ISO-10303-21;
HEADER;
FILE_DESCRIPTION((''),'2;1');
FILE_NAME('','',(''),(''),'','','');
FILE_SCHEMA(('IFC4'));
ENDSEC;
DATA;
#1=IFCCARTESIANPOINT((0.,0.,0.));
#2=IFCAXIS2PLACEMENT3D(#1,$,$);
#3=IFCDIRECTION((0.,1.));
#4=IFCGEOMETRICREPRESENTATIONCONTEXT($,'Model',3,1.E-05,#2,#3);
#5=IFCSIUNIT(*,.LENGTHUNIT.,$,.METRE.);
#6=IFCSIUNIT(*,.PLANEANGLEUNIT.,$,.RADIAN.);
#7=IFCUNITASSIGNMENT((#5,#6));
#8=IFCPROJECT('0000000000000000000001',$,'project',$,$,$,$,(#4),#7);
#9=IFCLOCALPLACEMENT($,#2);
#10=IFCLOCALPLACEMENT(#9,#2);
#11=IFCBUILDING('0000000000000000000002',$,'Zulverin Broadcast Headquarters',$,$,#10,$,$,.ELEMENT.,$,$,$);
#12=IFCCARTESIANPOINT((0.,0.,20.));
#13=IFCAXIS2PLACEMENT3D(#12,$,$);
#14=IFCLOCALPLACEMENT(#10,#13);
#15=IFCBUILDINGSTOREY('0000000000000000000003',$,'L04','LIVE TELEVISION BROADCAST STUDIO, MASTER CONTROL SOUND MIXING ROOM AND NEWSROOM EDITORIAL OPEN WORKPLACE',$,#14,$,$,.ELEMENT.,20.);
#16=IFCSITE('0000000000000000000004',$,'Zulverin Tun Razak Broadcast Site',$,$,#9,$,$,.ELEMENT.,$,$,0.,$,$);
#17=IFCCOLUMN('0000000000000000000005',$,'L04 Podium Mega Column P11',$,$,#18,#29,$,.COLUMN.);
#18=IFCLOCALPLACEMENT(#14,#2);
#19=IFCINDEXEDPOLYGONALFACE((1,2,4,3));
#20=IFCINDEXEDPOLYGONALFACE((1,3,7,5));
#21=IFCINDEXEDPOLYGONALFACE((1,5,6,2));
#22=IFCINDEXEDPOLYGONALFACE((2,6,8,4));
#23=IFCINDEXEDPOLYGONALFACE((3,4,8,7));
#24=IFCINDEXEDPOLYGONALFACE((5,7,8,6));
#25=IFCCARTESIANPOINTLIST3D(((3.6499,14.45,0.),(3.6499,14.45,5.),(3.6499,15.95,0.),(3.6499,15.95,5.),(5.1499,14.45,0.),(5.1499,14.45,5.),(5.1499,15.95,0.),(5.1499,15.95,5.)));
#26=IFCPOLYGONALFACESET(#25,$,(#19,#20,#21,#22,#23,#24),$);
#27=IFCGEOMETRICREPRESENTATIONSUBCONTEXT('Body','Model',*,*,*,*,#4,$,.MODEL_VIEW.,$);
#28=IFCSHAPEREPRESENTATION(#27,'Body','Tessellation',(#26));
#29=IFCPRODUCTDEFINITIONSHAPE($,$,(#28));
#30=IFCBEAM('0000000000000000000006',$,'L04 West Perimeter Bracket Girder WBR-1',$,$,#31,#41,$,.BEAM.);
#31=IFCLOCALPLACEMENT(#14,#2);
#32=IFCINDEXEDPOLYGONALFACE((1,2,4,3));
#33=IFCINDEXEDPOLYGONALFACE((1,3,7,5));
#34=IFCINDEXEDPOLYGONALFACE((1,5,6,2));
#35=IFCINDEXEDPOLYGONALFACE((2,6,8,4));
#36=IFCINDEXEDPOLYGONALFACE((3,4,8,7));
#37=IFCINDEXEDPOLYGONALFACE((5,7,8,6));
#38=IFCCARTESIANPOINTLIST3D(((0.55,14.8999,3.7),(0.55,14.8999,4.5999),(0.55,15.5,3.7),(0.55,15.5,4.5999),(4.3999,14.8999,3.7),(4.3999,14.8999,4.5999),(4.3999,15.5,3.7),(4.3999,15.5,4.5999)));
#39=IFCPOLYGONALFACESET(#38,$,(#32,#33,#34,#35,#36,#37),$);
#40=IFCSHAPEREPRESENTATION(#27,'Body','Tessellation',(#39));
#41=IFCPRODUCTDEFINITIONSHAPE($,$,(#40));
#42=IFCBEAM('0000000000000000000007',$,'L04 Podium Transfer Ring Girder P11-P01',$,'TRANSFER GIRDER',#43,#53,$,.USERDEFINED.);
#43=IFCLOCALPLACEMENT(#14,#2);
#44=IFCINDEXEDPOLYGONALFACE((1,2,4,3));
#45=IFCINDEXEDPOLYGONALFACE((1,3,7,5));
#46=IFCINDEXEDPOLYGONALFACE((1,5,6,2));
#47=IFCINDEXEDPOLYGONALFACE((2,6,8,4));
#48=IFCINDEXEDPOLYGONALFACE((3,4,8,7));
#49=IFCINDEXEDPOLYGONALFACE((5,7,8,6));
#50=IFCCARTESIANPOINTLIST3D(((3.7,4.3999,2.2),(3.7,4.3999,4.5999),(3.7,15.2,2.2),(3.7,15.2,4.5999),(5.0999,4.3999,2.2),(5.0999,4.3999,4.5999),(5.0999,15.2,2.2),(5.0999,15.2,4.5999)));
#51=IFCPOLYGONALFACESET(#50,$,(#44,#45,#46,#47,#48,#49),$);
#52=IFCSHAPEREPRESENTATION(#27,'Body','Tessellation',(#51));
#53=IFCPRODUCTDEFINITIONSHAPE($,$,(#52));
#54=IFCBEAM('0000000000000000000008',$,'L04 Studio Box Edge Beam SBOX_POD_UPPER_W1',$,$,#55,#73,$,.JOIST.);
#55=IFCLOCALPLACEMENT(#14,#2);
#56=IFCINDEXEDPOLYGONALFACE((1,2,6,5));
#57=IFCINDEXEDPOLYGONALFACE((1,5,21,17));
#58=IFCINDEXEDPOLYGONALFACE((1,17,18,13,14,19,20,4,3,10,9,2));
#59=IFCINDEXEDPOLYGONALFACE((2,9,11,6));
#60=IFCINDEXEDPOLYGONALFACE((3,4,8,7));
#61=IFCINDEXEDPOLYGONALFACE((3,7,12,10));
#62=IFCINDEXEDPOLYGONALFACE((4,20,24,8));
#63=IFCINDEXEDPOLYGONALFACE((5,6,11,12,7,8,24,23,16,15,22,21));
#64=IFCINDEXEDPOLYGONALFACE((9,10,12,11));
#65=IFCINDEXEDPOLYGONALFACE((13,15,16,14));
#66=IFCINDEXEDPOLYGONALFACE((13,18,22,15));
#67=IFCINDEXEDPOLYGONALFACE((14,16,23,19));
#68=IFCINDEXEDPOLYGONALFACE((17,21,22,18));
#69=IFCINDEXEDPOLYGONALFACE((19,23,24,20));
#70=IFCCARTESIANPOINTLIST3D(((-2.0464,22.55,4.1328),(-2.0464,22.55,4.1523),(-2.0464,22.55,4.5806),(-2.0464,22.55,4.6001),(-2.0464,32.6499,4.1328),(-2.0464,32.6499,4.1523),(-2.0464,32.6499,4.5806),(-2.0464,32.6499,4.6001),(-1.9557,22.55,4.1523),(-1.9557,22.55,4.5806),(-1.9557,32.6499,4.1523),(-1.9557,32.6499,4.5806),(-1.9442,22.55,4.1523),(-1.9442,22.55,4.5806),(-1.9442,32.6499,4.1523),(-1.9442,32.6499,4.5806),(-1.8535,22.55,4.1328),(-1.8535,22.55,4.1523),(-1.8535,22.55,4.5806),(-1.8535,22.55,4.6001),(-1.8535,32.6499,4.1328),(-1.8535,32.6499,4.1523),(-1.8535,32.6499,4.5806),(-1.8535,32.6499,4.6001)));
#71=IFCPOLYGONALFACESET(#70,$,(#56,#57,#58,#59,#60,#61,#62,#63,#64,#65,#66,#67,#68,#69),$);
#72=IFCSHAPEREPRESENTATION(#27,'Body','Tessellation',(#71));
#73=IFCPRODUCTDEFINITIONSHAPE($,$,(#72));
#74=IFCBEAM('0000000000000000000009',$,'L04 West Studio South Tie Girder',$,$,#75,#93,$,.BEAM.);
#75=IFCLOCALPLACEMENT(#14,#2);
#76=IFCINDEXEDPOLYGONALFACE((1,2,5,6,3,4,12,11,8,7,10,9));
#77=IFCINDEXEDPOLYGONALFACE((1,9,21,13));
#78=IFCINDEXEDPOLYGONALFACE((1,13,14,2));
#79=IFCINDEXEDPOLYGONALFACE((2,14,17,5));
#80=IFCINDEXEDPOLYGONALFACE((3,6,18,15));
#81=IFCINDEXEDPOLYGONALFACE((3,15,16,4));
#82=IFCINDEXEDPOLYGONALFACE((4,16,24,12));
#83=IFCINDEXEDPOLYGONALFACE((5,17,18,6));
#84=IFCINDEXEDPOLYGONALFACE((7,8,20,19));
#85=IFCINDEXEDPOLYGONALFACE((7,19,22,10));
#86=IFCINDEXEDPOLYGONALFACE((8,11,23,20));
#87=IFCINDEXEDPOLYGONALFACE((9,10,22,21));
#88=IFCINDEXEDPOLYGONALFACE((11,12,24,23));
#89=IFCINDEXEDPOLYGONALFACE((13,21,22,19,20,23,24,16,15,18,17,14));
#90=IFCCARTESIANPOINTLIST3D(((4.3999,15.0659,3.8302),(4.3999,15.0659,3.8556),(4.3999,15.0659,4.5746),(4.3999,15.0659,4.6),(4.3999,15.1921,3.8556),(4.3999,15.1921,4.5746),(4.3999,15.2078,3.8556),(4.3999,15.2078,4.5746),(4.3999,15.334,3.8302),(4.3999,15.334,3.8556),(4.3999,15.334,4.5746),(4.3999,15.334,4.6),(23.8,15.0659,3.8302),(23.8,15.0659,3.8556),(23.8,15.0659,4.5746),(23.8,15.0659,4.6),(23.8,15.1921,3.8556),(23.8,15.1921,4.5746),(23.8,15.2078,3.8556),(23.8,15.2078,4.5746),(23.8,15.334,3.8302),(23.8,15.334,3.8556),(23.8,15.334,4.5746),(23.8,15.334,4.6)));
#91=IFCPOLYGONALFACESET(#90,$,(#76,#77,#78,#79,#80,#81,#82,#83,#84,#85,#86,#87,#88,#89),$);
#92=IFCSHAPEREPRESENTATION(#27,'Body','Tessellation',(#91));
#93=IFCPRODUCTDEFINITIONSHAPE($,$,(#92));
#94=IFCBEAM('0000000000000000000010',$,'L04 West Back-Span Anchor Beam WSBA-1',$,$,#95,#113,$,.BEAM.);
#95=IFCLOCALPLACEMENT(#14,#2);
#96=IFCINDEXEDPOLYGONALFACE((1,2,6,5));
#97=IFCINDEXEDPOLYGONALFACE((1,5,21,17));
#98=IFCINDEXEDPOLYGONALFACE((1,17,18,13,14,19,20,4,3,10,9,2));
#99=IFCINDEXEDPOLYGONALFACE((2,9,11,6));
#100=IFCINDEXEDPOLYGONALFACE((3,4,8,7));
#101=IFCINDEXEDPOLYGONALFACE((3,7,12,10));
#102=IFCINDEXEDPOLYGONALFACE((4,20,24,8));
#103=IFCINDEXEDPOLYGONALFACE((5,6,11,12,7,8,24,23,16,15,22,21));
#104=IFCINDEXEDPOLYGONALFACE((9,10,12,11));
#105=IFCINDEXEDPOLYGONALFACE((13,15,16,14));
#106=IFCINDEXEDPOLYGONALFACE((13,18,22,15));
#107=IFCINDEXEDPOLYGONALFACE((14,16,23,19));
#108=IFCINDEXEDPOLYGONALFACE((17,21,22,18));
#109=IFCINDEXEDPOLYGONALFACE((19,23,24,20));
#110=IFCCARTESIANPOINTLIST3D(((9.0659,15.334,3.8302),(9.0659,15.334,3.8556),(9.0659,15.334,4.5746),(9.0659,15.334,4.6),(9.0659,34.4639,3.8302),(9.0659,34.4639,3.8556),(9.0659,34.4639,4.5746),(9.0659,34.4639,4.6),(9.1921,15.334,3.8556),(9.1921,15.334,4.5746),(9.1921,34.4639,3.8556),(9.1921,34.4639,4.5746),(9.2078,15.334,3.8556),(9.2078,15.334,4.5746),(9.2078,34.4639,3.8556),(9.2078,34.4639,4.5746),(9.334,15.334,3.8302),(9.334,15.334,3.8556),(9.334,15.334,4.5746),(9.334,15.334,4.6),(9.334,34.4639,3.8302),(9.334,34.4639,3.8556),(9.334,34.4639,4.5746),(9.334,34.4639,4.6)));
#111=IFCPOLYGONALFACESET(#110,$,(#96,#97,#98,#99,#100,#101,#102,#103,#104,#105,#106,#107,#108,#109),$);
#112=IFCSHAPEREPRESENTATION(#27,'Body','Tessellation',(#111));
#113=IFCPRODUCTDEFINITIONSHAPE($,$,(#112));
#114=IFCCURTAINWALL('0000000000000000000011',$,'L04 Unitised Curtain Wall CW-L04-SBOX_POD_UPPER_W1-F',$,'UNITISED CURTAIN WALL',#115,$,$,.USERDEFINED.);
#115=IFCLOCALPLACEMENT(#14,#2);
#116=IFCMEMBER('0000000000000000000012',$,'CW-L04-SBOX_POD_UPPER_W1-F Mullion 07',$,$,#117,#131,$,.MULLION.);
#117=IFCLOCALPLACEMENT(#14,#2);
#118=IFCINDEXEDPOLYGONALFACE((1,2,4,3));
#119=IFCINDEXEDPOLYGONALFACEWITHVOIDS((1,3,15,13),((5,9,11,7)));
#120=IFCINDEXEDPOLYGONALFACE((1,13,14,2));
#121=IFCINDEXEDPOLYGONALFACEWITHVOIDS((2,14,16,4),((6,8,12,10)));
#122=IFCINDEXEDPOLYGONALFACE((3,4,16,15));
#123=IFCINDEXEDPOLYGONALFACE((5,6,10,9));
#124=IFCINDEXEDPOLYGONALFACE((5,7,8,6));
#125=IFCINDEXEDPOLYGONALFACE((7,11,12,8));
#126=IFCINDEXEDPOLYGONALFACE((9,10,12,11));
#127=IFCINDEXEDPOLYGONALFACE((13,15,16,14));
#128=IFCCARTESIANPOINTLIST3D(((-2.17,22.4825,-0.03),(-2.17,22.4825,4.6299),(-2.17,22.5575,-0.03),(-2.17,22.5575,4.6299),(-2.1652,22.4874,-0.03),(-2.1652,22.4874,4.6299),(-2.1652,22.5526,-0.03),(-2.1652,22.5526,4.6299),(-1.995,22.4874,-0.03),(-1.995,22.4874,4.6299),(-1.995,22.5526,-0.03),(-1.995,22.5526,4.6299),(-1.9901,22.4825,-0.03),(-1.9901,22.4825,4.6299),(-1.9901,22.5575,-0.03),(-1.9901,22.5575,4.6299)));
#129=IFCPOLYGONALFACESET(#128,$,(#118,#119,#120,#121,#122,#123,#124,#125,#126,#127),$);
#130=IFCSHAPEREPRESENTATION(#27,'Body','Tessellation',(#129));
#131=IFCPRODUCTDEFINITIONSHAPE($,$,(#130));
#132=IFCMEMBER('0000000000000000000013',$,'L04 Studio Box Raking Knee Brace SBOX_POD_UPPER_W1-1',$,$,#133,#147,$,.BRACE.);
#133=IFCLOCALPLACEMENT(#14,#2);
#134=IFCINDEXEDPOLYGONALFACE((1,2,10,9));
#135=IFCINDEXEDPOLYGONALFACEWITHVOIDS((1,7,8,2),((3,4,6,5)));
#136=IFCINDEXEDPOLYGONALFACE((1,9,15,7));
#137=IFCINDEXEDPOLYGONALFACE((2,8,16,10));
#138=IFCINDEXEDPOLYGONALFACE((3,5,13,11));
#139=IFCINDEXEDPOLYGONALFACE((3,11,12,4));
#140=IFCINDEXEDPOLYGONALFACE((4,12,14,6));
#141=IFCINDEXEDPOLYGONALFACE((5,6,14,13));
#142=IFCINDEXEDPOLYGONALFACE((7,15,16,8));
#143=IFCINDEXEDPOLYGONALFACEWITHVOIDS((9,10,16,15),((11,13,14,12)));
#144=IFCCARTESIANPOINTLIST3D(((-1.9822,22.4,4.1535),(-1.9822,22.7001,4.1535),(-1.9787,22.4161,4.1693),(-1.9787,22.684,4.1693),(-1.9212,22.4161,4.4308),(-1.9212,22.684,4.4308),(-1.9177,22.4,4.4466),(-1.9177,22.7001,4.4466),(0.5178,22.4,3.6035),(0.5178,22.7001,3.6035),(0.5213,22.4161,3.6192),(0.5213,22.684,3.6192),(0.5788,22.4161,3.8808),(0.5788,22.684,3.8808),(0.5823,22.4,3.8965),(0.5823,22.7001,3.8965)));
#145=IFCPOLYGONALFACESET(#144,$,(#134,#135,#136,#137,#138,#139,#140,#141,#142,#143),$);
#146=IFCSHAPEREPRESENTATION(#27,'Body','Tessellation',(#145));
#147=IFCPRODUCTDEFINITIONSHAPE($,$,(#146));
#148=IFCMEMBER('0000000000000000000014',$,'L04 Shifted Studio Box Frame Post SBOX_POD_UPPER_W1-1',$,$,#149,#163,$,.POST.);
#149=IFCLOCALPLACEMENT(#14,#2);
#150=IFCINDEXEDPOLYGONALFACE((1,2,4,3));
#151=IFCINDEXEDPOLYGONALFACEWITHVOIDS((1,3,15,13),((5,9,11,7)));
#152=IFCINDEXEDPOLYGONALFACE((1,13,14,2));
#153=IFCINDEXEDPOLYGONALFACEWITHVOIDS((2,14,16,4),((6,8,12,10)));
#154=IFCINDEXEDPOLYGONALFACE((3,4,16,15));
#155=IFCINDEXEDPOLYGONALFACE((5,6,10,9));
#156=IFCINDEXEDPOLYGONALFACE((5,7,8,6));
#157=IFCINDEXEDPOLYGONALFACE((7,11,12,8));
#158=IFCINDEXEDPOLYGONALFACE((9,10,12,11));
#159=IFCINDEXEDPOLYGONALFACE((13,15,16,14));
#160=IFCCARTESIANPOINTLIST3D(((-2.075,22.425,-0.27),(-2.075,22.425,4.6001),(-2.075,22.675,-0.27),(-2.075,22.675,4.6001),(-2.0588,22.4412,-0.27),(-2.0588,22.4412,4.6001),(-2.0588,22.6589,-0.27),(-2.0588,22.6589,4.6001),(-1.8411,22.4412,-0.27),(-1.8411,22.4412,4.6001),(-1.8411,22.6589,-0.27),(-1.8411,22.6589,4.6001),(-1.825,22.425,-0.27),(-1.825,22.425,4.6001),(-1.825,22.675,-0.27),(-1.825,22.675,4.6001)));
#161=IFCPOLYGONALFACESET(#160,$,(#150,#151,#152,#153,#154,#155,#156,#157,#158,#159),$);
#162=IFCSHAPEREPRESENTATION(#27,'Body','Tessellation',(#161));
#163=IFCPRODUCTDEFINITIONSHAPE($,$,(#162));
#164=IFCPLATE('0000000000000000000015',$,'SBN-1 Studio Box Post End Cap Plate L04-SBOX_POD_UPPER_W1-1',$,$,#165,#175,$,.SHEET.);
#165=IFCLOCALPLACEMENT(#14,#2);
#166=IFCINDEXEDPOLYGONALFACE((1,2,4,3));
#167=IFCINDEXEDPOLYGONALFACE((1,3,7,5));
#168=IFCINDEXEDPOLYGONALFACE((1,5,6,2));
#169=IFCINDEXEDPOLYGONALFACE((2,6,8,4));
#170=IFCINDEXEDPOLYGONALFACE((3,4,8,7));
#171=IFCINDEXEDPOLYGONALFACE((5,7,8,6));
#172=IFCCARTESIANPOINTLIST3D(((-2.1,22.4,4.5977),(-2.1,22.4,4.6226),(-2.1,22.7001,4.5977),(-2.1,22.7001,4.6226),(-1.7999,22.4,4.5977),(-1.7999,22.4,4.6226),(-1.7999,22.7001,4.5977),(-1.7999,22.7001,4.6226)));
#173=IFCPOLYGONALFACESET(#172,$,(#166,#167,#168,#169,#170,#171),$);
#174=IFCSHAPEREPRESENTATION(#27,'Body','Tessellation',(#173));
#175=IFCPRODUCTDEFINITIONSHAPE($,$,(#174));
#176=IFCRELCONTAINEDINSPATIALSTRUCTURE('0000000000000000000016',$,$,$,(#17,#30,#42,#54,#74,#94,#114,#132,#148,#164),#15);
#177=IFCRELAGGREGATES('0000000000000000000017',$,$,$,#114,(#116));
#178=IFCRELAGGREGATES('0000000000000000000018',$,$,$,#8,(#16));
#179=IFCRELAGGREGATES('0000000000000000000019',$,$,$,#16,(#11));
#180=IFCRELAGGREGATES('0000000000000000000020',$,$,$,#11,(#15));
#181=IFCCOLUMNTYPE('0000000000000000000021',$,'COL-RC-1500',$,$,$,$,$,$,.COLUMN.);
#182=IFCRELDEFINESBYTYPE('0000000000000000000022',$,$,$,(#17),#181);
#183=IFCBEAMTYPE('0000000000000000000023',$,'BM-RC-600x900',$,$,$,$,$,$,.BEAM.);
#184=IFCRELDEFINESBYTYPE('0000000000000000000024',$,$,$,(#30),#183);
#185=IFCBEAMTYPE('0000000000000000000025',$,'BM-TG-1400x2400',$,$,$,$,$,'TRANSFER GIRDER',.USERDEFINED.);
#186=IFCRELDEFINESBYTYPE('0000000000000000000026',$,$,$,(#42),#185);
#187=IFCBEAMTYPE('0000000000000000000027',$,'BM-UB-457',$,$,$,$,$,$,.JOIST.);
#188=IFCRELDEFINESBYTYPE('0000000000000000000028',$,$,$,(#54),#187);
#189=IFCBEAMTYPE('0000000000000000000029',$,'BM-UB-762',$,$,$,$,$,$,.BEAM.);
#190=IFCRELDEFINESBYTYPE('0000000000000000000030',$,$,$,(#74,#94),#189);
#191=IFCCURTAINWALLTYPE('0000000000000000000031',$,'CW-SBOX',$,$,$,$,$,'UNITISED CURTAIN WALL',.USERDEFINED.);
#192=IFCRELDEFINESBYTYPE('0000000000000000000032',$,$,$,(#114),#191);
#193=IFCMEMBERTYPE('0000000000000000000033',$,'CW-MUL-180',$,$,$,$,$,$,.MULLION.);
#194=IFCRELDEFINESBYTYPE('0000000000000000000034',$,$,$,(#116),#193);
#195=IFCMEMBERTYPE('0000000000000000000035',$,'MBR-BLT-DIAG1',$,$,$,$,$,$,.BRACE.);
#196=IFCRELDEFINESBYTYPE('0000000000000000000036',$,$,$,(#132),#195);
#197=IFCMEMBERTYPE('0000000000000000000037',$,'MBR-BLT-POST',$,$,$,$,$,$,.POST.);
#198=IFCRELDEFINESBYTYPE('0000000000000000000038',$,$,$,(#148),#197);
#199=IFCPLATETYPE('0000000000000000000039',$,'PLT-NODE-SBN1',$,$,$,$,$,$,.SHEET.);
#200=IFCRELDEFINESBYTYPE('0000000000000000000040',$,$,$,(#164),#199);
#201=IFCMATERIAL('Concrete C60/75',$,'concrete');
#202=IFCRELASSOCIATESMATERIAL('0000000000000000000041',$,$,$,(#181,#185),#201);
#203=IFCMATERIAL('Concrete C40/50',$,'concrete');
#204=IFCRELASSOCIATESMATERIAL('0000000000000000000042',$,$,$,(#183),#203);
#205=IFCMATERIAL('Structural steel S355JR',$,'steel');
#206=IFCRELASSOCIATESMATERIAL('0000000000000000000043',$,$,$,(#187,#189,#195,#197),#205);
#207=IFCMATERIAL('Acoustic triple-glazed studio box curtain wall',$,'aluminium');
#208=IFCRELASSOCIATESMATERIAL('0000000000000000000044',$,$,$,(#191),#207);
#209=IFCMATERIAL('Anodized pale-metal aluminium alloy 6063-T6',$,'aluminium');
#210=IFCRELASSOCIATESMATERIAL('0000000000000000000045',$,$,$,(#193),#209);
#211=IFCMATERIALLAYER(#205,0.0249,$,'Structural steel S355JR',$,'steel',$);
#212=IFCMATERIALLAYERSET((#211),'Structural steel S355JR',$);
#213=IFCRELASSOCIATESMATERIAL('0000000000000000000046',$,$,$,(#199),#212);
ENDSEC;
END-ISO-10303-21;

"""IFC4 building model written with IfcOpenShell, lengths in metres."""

from ifc_helpers import new_model, si_unit, direction, frame, origin, origin_2d, place, context, subcontext, project, spatial, rectangle, hollow_rectangle, i_section, extrude, material, layer, layer_set, material_profile, profile_set, type_object, element, aggregate, save


model = new_model("IFC4")

# Units and contexts
model_context = context("Model", 3, precision=1e-05, world=origin(), true_north=direction((0.0, 1.0)))
body_context = subcontext(model_context, "Body", "Model", "MODEL_VIEW")
ifc_project = project(units=[si_unit("LENGTHUNIT", "METRE"), si_unit("PLANEANGLEUNIT", "RADIAN")], contexts=[model_context])

# Site, building, storey
site_placement = place(None, origin())
site = spatial("IfcSite", under=ifc_project, at=site_placement, Name="Zulverin Tun Razak Broadcast Site", CompositionType="ELEMENT", RefElevation=0.0)
building_placement = place(site_placement, origin())
building = spatial("IfcBuilding", under=site, at=building_placement, Name="Zulverin Broadcast Headquarters", CompositionType="ELEMENT")
storey_placement = place(building_placement, frame((0.0, 0.0, 20.0)))
storey = spatial("IfcBuildingStorey", under=building, at=storey_placement, Name="L04", Description="LIVE TELEVISION BROADCAST STUDIO, MASTER CONTROL SOUND MIXING ROOM AND NEWSROOM EDITORIAL OPEN WORKPLACE", CompositionType="ELEMENT", Elevation=20.0)

# Column
ifc_material_1 = material(Name="Concrete C60/75", Category="concrete")
ifc_material_profile_1 = material_profile(ifc_material_1, rectangle(XDim=1.5, YDim=1.5, at=origin_2d()), Name="Concrete C60/75", Category="concrete")
ifc_profile_set_1 = profile_set([ifc_material_profile_1], Name="Concrete C60/75")
column_type = type_object("IfcColumnType", Name="COL-RC-1500", PredefinedType="COLUMN", material=ifc_profile_set_1)
column_placement = place(storey_placement, frame((4.3999, 15.2, 0.0), z_axis=(0.0, 0.0, 1.0), x_axis=(1.0, 0.0, 0.0)))
element("IfcColumn", 1, at=column_placement, inside=storey, type_object=column_type, Name="L04 Podium Mega Column P11", PredefinedType="COLUMN", context=body_context, shape_type="SweptSolid", body=[
    extrude(rectangle(XDim=1.5, YDim=1.5, at=origin_2d()), origin(), (0.0, 0.0, 1.0), 5.0),
])

# Beams
ifc_material_2 = material(Name="Concrete C40/50", Category="concrete")
ifc_material_profile_2 = material_profile(ifc_material_2, rectangle(XDim=0.6001, YDim=0.8999, at=origin_2d()), Name="Concrete C40/50", Category="concrete")
ifc_profile_set_2 = profile_set([ifc_material_profile_2], Name="Concrete C40/50")
beam_type_1 = type_object("IfcBeamType", Name="BM-RC-600x900", PredefinedType="BEAM", material=ifc_profile_set_2)
beam_1_placement = place(storey_placement, frame((4.3999, 15.2, 4.1499), z_axis=(-1.0, 0.0, 0.0), x_axis=(0.0, -1.0, 0.0)))
element("IfcBeam", 2, at=beam_1_placement, inside=storey, type_object=beam_type_1, Name="L04 West Perimeter Bracket Girder WBR-1", PredefinedType="BEAM", context=body_context, shape_type="SweptSolid", body=[
    extrude(rectangle(XDim=0.6001, YDim=0.8999, at=origin_2d()), origin(), (0.0, 0.0, 1.0), 3.8499),
])
ifc_material_profile_3 = material_profile(ifc_material_1, rectangle(XDim=1.3999, YDim=2.3999, at=origin_2d()), Name="Concrete C60/75", Category="concrete")
ifc_profile_set_3 = profile_set([ifc_material_profile_3], Name="Concrete C60/75")
beam_type_2 = type_object("IfcBeamType", Name="BM-TG-1400x2400", ElementType="TRANSFER GIRDER", PredefinedType="USERDEFINED", material=ifc_profile_set_3)
beam_2_placement = place(storey_placement, frame((4.3999, 15.2, 3.3999), z_axis=(0.0, -1.0, 0.0), x_axis=(1.0, 0.0, 0.0)))
element("IfcBeam", 3, at=beam_2_placement, inside=storey, type_object=beam_type_2, Name="L04 Podium Transfer Ring Girder P11-P01", ObjectType="TRANSFER GIRDER", PredefinedType="USERDEFINED", context=body_context, shape_type="SweptSolid", body=[
    extrude(rectangle(XDim=1.3999, YDim=2.3999, at=origin_2d()), origin(), (0.0, 0.0, 1.0), 10.8),
])
ifc_material_3 = material(Name="Structural steel S355JR", Category="steel")
ifc_material_profile_4 = material_profile(ifc_material_3, i_section(OverallWidth=0.1929, OverallDepth=0.4673, WebThickness=0.0115, FlangeThickness=0.0195, at=origin_2d()), Name="Structural steel S355JR", Category="steel")
ifc_profile_set_4 = profile_set([ifc_material_profile_4], Name="Structural steel S355JR")
beam_type_3 = type_object("IfcBeamType", Name="BM-UB-457", PredefinedType="JOIST", material=ifc_profile_set_4)
beam_3_placement = place(storey_placement, frame((-1.95, 22.55, 4.3665), z_axis=(0.0, 1.0, 0.0), x_axis=(-1.0, 0.0, 0.0)))
element("IfcBeam", 4, at=beam_3_placement, inside=storey, type_object=beam_type_3, Name="L04 Studio Box Edge Beam SBOX_POD_UPPER_W1", PredefinedType="JOIST", context=body_context, shape_type="SweptSolid", body=[
    extrude(i_section(OverallWidth=0.1929, OverallDepth=0.4673, WebThickness=0.0115, FlangeThickness=0.0195, at=origin_2d()), origin(), (0.0, 0.0, 1.0), 10.0999),
])
ifc_material_profile_5 = material_profile(ifc_material_3, i_section(OverallWidth=0.2681, OverallDepth=0.7698, WebThickness=0.0156, FlangeThickness=0.0254, at=origin_2d()), Name="Structural steel S355JR", Category="steel")
ifc_profile_set_5 = profile_set([ifc_material_profile_5], Name="Structural steel S355JR")
beam_type_4 = type_object("IfcBeamType", Name="BM-UB-762", PredefinedType="BEAM", material=ifc_profile_set_5)
beam_4_placement = place(storey_placement, frame((4.3999, 15.2, 4.2151), z_axis=(1.0, 0.0, 0.0), x_axis=(0.0, 1.0, 0.0)))
element("IfcBeam", 5, at=beam_4_placement, inside=storey, type_object=beam_type_4, Name="L04 West Studio South Tie Girder", PredefinedType="BEAM", context=body_context, shape_type="SweptSolid", body=[
    extrude(i_section(OverallWidth=0.2681, OverallDepth=0.7698, WebThickness=0.0156, FlangeThickness=0.0254, at=origin_2d()), origin(), (0.0, 0.0, 1.0), 19.4001),
])
beam_5_placement = place(storey_placement, frame((9.2, 15.334, 4.2151), z_axis=(0.0, 1.0, 0.0), x_axis=(-1.0, 0.0, 0.0)))
element("IfcBeam", 6, at=beam_5_placement, inside=storey, type_object=beam_type_4, Name="L04 West Back-Span Anchor Beam WSBA-1", PredefinedType="BEAM", context=body_context, shape_type="SweptSolid", body=[
    extrude(i_section(OverallWidth=0.2681, OverallDepth=0.7698, WebThickness=0.0156, FlangeThickness=0.0254, at=origin_2d()), origin(), (0.0, 0.0, 1.0), 19.1299),
])

# Curtain wall, member
ifc_material_4 = material(Name="Acoustic triple-glazed studio box curtain wall", Category="aluminium")
curtain_wall_type = type_object("IfcCurtainWallType", Name="CW-SBOX", ElementType="UNITISED CURTAIN WALL", PredefinedType="USERDEFINED", material=ifc_material_4)
curtain_wall_placement = place(storey_placement, origin())
curtain_wall = element("IfcCurtainWall", 7, at=curtain_wall_placement, inside=storey, type_object=curtain_wall_type, Name="L04 Unitised Curtain Wall CW-L04-SBOX_POD_UPPER_W1-F", ObjectType="UNITISED CURTAIN WALL", PredefinedType="USERDEFINED")
ifc_material_5 = material(Name="Anodized pale-metal aluminium alloy 6063-T6", Category="aluminium")
ifc_material_profile_6 = material_profile(ifc_material_5, hollow_rectangle(XDim=0.075, YDim=0.1799, WallThickness=0.0049, at=origin_2d()), Name="Anodized pale-metal aluminium alloy 6063-T6", Category="aluminium")
ifc_profile_set_6 = profile_set([ifc_material_profile_6], Name="Anodized pale-metal aluminium alloy 6063-T6")
member_type_1 = type_object("IfcMemberType", Name="CW-MUL-180", PredefinedType="MULLION", material=ifc_profile_set_6)
member_1_placement = place(storey_placement, frame((-2.0801, 22.52, -0.03), z_axis=(0.0, 0.0, 1.0), x_axis=(0.0, -1.0, 0.0)))
member_1 = element("IfcMember", 8, at=member_1_placement, type_object=member_type_1, Name="CW-L04-SBOX_POD_UPPER_W1-F Mullion 07", PredefinedType="MULLION", context=body_context, shape_type="SweptSolid", body=[
    extrude(hollow_rectangle(XDim=0.075, YDim=0.1799, WallThickness=0.0049, at=origin_2d()), origin(), (0.0, 0.0, 1.0), 4.6599),
])
aggregate(curtain_wall, [member_1])

# Members
ifc_material_profile_7 = material_profile(ifc_material_3, hollow_rectangle(XDim=0.3, YDim=0.3, WallThickness=0.0161, at=origin_2d()), Name="Structural steel S355JR", Category="steel")
ifc_profile_set_7 = profile_set([ifc_material_profile_7], Name="Structural steel S355JR")
member_type_2 = type_object("IfcMemberType", Name="MBR-BLT-DIAG1", PredefinedType="BRACE", material=ifc_profile_set_7)
member_2_placement = place(storey_placement, frame((0.55, 22.55, 3.75), z_axis=(-0.97664, 0.0, 0.21488), x_axis=(0.0, -1.0, 0.0)))
element("IfcMember", 9, at=member_2_placement, inside=storey, type_object=member_type_2, Name="L04 Studio Box Raking Knee Brace SBOX_POD_UPPER_W1-1", PredefinedType="BRACE", context=body_context, shape_type="SweptSolid", body=[
    extrude(hollow_rectangle(XDim=0.3, YDim=0.3, WallThickness=0.0161, at=origin_2d()), origin(), (0.0, 0.0, 1.0), 2.5598),
])
ifc_material_profile_8 = material_profile(ifc_material_3, hollow_rectangle(XDim=0.25, YDim=0.25, WallThickness=0.0161, at=origin_2d()), Name="Structural steel S355JR", Category="steel")
ifc_profile_set_8 = profile_set([ifc_material_profile_8], Name="Structural steel S355JR")
member_type_3 = type_object("IfcMemberType", Name="MBR-BLT-POST", PredefinedType="POST", material=ifc_profile_set_8)
member_3_placement = place(storey_placement, frame((-1.95, 22.55, -0.27), z_axis=(0.0, 0.0, 1.0), x_axis=(1.0, 0.0, 0.0)))
element("IfcMember", 10, at=member_3_placement, inside=storey, type_object=member_type_3, Name="L04 Shifted Studio Box Frame Post SBOX_POD_UPPER_W1-1", PredefinedType="POST", context=body_context, shape_type="SweptSolid", body=[
    extrude(hollow_rectangle(XDim=0.25, YDim=0.25, WallThickness=0.0161, at=origin_2d()), origin(), (0.0, 0.0, 1.0), 4.8701),
])

# Plate
ifc_layer_1 = layer(ifc_material_3, 0.0249, Name="Structural steel S355JR", Category="steel")
ifc_layer_set_1 = layer_set([ifc_layer_1], Name="Structural steel S355JR")
plate_type = type_object("IfcPlateType", Name="PLT-NODE-SBN1", PredefinedType="SHEET", material=ifc_layer_set_1)
plate_1_placement = place(storey_placement, frame((-1.95, 22.55, 4.5977), z_axis=(0.0, 0.0, 1.0), x_axis=(1.0, 0.0, 0.0)))
element("IfcPlate", 11, at=plate_1_placement, inside=storey, type_object=plate_type, Name="SBN-1 Studio Box Post End Cap Plate L04-SBOX_POD_UPPER_W1-1", PredefinedType="SHEET", context=body_context, shape_type="SweptSolid", body=[
    extrude(rectangle(XDim=0.3, YDim=0.3, at=origin_2d()), origin(), (0.0, 0.0, 1.0), 0.0249),
])

save(model, "model.ifc")
